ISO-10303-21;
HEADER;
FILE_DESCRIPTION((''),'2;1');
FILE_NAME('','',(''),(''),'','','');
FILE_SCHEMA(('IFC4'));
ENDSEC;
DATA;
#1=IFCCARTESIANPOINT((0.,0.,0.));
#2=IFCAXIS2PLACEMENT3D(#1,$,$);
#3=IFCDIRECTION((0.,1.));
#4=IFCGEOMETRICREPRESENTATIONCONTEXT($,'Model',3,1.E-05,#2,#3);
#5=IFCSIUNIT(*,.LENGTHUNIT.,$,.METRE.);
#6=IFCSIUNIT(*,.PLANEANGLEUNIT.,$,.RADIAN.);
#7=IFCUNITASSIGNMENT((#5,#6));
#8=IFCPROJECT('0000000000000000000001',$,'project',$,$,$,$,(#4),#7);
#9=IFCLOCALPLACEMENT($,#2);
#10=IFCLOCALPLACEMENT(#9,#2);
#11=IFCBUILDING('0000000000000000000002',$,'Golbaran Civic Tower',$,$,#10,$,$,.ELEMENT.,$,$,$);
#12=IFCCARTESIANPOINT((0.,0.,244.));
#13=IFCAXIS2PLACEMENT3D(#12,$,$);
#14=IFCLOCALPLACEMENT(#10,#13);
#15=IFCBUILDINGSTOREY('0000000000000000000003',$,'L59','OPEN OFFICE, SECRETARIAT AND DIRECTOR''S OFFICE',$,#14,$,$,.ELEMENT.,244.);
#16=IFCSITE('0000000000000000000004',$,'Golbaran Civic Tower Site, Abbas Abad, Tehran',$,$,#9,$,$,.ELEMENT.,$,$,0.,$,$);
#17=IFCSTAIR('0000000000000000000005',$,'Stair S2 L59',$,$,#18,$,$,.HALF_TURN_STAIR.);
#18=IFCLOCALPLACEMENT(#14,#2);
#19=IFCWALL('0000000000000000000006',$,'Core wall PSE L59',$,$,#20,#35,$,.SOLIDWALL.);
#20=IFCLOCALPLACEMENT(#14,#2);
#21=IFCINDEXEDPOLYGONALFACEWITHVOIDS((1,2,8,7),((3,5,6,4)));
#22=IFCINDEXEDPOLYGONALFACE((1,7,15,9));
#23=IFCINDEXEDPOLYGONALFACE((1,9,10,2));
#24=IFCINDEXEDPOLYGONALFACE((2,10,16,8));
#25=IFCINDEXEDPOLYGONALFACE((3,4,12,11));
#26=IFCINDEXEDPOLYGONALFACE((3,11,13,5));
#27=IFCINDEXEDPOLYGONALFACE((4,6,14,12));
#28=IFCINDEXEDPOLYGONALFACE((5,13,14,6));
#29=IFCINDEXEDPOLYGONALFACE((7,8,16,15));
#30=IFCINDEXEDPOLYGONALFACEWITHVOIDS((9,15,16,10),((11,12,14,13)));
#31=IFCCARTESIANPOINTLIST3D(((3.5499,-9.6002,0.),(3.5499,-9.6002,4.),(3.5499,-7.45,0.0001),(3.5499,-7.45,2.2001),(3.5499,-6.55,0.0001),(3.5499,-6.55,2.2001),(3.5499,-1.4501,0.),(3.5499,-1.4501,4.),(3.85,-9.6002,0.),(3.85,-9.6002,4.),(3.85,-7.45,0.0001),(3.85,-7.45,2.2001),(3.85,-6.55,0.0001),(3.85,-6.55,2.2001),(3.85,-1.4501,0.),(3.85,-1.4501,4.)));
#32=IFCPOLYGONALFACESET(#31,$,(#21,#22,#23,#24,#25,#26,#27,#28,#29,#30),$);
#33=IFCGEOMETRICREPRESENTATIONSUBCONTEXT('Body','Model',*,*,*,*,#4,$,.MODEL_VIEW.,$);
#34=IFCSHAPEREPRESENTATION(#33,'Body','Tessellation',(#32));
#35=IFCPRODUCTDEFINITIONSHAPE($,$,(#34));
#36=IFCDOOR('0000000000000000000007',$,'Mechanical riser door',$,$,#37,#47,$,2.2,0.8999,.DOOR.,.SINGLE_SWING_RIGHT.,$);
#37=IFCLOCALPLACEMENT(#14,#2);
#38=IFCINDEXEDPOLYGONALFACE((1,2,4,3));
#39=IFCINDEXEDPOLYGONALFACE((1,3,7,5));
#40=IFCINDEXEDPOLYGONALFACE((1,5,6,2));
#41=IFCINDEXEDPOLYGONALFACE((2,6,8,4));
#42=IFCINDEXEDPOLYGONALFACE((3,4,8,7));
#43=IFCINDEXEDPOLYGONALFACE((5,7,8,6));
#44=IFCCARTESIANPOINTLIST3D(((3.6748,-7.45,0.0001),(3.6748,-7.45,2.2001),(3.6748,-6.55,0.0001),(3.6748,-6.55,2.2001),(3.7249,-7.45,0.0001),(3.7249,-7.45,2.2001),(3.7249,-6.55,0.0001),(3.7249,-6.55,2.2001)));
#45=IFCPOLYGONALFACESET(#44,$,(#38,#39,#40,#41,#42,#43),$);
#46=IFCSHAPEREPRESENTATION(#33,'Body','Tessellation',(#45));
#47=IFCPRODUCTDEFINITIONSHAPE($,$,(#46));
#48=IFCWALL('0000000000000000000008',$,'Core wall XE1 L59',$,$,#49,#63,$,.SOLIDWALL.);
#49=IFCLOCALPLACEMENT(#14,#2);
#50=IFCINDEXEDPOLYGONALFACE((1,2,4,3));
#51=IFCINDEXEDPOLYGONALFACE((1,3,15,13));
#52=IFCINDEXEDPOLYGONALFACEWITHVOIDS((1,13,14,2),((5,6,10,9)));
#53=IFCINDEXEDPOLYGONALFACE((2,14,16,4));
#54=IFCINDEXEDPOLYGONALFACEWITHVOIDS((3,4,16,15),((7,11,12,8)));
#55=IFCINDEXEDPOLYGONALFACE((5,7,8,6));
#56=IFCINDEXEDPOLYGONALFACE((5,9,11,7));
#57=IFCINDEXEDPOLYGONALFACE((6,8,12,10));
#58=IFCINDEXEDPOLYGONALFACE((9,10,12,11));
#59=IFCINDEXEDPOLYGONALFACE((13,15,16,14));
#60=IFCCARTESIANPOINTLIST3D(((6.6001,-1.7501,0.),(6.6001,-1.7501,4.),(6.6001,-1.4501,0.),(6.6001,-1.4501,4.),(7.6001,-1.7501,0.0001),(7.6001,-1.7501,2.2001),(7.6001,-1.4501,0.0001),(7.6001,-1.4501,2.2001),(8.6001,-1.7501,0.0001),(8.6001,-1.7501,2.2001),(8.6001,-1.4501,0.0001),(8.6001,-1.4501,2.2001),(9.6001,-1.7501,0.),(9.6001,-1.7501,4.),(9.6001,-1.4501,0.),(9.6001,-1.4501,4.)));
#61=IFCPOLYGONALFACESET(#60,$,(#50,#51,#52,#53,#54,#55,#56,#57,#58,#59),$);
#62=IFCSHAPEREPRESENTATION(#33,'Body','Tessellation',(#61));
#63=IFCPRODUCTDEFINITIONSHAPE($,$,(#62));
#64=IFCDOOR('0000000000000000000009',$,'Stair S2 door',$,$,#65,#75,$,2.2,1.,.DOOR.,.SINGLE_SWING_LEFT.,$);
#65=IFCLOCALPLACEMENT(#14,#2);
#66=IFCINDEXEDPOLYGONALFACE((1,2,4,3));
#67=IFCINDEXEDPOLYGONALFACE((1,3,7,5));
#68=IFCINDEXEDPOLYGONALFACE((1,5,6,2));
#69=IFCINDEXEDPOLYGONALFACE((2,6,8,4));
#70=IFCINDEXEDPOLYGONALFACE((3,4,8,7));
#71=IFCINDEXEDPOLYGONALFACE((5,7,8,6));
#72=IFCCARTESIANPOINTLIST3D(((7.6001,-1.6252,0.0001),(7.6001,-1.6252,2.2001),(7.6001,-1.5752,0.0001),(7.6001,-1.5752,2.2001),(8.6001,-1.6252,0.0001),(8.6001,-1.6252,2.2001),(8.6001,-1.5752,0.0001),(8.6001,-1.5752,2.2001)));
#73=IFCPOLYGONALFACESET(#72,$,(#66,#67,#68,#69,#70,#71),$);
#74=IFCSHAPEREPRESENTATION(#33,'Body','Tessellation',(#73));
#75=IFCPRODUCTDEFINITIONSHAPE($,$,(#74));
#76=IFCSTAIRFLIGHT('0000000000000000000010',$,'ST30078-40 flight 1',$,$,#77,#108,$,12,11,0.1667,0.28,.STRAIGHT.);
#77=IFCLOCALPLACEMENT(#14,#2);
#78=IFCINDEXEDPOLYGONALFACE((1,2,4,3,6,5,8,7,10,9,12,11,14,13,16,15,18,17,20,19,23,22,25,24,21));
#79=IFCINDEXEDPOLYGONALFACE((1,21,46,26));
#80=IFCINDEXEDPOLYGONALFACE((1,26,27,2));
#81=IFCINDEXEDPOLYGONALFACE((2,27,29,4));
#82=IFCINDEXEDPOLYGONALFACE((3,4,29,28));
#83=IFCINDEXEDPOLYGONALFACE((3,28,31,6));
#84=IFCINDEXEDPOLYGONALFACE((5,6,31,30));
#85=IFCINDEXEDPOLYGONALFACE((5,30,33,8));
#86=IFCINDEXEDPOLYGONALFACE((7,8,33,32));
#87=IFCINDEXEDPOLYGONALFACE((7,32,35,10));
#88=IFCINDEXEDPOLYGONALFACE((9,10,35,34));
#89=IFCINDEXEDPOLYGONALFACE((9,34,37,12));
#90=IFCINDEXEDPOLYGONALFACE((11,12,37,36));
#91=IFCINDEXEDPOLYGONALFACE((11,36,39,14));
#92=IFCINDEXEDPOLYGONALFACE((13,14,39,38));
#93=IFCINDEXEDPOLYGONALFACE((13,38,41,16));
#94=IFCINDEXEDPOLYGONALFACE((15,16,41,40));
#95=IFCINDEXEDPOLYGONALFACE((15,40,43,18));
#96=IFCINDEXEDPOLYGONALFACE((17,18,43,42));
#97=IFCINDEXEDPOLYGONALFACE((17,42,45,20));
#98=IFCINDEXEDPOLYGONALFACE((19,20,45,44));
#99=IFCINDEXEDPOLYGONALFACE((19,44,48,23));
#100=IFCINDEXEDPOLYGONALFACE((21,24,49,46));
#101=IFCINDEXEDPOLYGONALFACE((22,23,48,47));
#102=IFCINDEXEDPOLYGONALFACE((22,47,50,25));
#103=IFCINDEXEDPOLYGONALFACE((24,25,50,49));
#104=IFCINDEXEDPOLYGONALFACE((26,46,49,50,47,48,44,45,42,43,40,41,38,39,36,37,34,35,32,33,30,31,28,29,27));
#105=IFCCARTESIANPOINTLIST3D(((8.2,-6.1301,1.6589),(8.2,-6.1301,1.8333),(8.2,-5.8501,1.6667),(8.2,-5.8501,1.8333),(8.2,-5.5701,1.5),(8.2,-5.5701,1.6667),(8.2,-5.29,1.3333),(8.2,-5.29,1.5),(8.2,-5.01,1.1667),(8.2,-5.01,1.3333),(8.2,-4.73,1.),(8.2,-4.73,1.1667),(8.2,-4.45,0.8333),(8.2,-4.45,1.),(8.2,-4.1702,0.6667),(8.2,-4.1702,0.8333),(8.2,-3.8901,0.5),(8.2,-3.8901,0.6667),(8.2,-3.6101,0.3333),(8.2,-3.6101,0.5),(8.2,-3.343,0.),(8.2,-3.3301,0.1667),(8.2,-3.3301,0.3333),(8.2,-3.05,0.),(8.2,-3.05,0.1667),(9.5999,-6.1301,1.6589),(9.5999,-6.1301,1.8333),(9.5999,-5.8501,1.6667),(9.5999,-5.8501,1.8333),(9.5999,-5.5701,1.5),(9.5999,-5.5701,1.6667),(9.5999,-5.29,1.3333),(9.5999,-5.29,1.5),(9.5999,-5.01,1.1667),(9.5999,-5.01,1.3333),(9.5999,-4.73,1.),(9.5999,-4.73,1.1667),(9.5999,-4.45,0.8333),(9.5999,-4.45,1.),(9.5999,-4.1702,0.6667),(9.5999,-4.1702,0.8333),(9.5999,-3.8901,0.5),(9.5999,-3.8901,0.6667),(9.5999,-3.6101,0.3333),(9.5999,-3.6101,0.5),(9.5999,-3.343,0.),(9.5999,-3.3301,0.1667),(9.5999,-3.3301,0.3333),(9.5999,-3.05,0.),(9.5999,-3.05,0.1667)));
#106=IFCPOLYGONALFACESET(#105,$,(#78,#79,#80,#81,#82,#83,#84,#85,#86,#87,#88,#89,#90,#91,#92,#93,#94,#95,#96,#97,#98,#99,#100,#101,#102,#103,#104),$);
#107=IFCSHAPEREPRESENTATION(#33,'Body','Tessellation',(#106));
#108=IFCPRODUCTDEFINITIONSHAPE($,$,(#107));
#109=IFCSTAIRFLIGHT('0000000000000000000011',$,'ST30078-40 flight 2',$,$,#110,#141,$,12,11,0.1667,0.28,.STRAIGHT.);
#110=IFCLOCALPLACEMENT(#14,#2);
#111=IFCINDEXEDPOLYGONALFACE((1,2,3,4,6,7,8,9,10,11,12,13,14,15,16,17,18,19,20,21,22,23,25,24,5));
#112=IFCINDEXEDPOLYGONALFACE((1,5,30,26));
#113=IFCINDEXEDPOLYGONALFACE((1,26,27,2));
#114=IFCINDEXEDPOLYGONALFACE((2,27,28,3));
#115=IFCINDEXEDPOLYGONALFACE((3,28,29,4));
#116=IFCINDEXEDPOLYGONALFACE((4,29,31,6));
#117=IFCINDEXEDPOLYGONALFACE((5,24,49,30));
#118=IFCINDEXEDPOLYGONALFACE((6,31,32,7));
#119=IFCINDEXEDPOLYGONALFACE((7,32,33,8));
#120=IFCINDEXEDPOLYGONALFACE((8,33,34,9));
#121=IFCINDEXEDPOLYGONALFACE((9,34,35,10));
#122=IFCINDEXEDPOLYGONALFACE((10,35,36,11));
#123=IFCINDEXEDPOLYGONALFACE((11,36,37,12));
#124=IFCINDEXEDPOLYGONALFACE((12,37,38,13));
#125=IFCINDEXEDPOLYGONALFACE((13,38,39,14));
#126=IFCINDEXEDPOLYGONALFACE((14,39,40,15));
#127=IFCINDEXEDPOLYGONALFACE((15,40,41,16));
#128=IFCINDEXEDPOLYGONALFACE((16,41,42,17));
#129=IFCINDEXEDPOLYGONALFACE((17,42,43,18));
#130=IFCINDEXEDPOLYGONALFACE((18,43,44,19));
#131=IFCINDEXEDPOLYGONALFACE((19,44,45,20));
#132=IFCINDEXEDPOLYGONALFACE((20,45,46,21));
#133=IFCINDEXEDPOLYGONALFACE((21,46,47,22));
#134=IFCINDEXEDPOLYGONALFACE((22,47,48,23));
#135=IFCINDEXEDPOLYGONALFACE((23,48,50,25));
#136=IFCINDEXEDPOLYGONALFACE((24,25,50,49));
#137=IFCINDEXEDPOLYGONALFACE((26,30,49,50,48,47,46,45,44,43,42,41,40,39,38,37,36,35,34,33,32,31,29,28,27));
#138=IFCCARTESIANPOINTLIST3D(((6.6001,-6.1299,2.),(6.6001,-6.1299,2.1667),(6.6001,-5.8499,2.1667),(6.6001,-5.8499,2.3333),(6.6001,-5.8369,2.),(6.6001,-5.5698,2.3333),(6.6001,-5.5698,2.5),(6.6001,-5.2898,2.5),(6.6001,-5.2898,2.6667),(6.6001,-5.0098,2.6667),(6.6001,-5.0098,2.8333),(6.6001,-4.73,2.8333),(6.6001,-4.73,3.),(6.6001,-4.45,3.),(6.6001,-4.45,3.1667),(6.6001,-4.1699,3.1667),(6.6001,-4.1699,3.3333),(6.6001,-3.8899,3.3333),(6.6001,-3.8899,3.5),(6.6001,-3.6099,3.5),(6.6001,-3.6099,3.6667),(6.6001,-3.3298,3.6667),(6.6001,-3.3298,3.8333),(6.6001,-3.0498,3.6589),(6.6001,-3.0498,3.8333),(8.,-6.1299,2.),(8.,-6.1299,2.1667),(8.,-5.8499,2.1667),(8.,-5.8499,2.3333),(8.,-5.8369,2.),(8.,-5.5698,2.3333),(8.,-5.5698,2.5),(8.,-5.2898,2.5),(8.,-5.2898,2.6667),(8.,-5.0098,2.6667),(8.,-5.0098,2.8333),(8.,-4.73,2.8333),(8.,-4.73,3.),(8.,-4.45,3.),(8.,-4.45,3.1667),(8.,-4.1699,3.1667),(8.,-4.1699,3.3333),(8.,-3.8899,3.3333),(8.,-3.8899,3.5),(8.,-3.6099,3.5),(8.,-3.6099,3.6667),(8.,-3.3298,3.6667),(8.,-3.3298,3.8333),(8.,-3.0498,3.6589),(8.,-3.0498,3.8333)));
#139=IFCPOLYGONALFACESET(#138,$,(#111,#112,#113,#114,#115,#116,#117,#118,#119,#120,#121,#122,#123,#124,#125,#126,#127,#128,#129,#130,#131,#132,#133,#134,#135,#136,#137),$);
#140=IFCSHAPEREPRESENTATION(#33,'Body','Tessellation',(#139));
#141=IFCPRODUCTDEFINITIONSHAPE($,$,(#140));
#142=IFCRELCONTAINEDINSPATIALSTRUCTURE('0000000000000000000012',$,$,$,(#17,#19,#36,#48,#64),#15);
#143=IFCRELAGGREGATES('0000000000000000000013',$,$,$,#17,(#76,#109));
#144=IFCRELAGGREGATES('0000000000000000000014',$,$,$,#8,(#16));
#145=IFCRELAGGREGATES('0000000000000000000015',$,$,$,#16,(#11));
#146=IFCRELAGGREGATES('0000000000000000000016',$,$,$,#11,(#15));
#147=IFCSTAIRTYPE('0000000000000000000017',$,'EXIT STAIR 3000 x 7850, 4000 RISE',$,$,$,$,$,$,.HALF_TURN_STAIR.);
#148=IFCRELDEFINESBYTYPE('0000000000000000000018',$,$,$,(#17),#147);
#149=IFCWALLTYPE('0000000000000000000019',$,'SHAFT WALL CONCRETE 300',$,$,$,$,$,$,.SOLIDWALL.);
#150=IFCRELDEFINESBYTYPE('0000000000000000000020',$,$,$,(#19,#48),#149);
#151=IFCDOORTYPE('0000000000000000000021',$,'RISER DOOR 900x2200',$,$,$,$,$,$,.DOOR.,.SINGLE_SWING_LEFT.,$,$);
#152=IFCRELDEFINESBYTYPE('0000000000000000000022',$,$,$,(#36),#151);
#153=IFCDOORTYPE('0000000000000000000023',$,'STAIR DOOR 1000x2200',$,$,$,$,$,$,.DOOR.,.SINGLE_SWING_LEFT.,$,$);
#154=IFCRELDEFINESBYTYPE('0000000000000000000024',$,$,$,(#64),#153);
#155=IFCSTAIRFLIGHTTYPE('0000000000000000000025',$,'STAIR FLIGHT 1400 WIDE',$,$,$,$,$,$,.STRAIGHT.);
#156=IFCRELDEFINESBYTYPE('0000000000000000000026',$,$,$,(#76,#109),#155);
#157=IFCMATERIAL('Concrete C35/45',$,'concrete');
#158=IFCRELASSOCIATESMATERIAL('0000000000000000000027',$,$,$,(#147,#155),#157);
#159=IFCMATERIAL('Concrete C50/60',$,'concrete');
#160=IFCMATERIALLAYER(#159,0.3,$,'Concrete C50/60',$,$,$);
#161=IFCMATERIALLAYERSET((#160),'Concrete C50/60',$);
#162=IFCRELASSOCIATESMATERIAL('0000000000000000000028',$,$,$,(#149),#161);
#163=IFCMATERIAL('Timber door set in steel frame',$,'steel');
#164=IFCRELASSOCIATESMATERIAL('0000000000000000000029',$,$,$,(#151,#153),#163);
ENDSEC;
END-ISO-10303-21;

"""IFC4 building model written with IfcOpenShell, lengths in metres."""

from ifc_helpers import new_model, si_unit, direction, frame, frame_2d, origin, place, context, subcontext, project, spatial, polyline, rectangle, outline, extrude, material, layer, layer_set, type_object, element, fill, aggregate, save


model = new_model("IFC4")

# Units and contexts
model_context = context("Model", 3, precision=1e-05, world=origin(), true_north=direction((0.0, 1.0)))
body_context = subcontext(model_context, "Body", "Model", "MODEL_VIEW")
ifc_project = project(units=[si_unit("LENGTHUNIT", "METRE"), si_unit("PLANEANGLEUNIT", "RADIAN")], contexts=[model_context])

# Site, building, storey
site_placement = place(None, origin())
site = spatial("IfcSite", under=ifc_project, at=site_placement, Name="Golbaran Civic Tower Site, Abbas Abad, Tehran", CompositionType="ELEMENT", RefElevation=0.0)
building_placement = place(site_placement, origin())
building = spatial("IfcBuilding", under=site, at=building_placement, Name="Golbaran Civic Tower", CompositionType="ELEMENT")
storey_placement = place(building_placement, frame((0.0, 0.0, 244.0)))
storey = spatial("IfcBuildingStorey", under=building, at=storey_placement, Name="L59", Description="OPEN OFFICE, SECRETARIAT AND DIRECTOR'S OFFICE", CompositionType="ELEMENT", Elevation=244.0)

# Stair
ifc_material_1 = material(Name="Concrete C35/45", Category="concrete")
stair_type = type_object("IfcStairType", Name="EXIT STAIR 3000 x 7850, 4000 RISE", PredefinedType="HALF_TURN_STAIR", material=ifc_material_1)
stair_placement = place(storey_placement, origin())
stair = element("IfcStair", 1, at=stair_placement, inside=storey, type_object=stair_type, Name="Stair S2 L59", PredefinedType="HALF_TURN_STAIR")

# Shared definitions
ifc_material_2 = material(Name="Concrete C50/60", Category="concrete")

# Shared definitions
ifc_layer_1 = layer(ifc_material_2, 0.3, Name="Concrete C50/60")
ifc_layer_set_1 = layer_set([ifc_layer_1], Name="Concrete C50/60")
wall_type_1 = type_object("IfcWallType", Name="SHAFT WALL CONCRETE 300", PredefinedType="SOLIDWALL", material=ifc_layer_set_1)

# Shared definitions
ifc_material_3 = material(Name="Timber door set in steel frame", Category="steel")
door_type_1 = type_object("IfcDoorType", Name="RISER DOOR 900x2200", OperationType="SINGLE_SWING_LEFT", PredefinedType="DOOR", material=ifc_material_3)
door_type_2 = type_object("IfcDoorType", Name="STAIR DOOR 1000x2200", OperationType="SINGLE_SWING_LEFT", PredefinedType="DOOR", material=ifc_material_3)

# Walls, openings, doors
wall_1_placement = place(storey_placement, frame((3.7, -1.45, 0.0), z_axis=(0.0, 0.0, 1.0), x_axis=(0.0, -1.0, 0.0)))
wall_1 = element("IfcWall", 2, at=wall_1_placement, inside=storey, type_object=wall_type_1, Name="Core wall PSE L59", PredefinedType="SOLIDWALL", context=body_context, shape_type="SweptSolid", body=[
    extrude(rectangle(XDim=8.1501, YDim=0.3, at=frame_2d((4.0752, 0.0))), origin(), (0.0, 0.0, 1.0), 4.0),
])
opening_1_placement = place(wall_1_placement, frame((5.1001, 0.0, 0.0)))
opening_1 = element("IfcOpeningElement", 3, at=opening_1_placement, cuts=wall_1, PredefinedType="OPENING", context=body_context, shape_type="SweptSolid", body=[
    extrude(rectangle(XDim=0.8999, YDim=2.2, at=frame_2d((0.45, 1.1001))), frame((0.0, 0.1599, 0.0), z_axis=(0.0, -1.0, 0.0), x_axis=(1.0, 0.0, 0.0)), (0.0, 0.0, 1.0), 0.3201),
])
door_1_placement = place(opening_1_placement, origin())
door_1 = element("IfcDoor", 4, at=door_1_placement, inside=storey, type_object=door_type_1, Name="Mechanical riser door", OperationType="SINGLE_SWING_RIGHT", OverallHeight=2.2, OverallWidth=0.8999, PredefinedType="DOOR", context=body_context, shape_type="SweptSolid", body=[
    extrude(rectangle(XDim=0.8999, YDim=2.2, at=frame_2d((0.45, 1.1001))), frame((0.0, 0.0249, 0.0), z_axis=(0.0, -1.0, 0.0), x_axis=(1.0, 0.0, 0.0)), (0.0, 0.0, 1.0), 0.05),
])
fill(opening_1, door_1)
wall_2_placement = place(storey_placement, frame((6.6001, -1.6001, 0.0), z_axis=(0.0, 0.0, 1.0), x_axis=(1.0, 0.0, 0.0)))
wall_2 = element("IfcWall", 5, at=wall_2_placement, inside=storey, type_object=wall_type_1, Name="Core wall XE1 L59", PredefinedType="SOLIDWALL", context=body_context, shape_type="SweptSolid", body=[
    extrude(rectangle(XDim=3.0, YDim=0.3, at=frame_2d((1.5, 0.0))), origin(), (0.0, 0.0, 1.0), 4.0),
])
opening_2_placement = place(wall_2_placement, frame((1.0, 0.0, 0.0)))
opening_2 = element("IfcOpeningElement", 6, at=opening_2_placement, cuts=wall_2, PredefinedType="OPENING", context=body_context, shape_type="SweptSolid", body=[
    extrude(rectangle(XDim=1.0, YDim=2.2, at=frame_2d((0.5, 1.1001))), frame((0.0, 0.1599, 0.0), z_axis=(0.0, -1.0, 0.0), x_axis=(1.0, 0.0, 0.0)), (0.0, 0.0, 1.0), 0.3201),
])
door_2_placement = place(opening_2_placement, origin())
door_2 = element("IfcDoor", 7, at=door_2_placement, inside=storey, type_object=door_type_2, Name="Stair S2 door", OperationType="SINGLE_SWING_LEFT", OverallHeight=2.2, OverallWidth=1.0, PredefinedType="DOOR", context=body_context, shape_type="SweptSolid", body=[
    extrude(rectangle(XDim=1.0, YDim=2.2, at=frame_2d((0.5, 1.1001))), frame((0.0, 0.0249, 0.0), z_axis=(0.0, -1.0, 0.0), x_axis=(1.0, 0.0, 0.0)), (0.0, 0.0, 1.0), 0.05),
])
fill(opening_2, door_2)

# Stair flights
stair_flight_type = type_object("IfcStairFlightType", Name="STAIR FLIGHT 1400 WIDE", PredefinedType="STRAIGHT", material=ifc_material_1)
stair_flight_1_placement = place(storey_placement, frame((8.8999, -3.05, 0.0), z_axis=(0.0, 0.0, 1.0), x_axis=(0.0, -1.0, 0.0)))
stair_flight_1 = element("IfcStairFlight", 8, at=stair_flight_1_placement, type_object=stair_flight_type, Name="ST30078-40 flight 1", NumberOfRisers=12, NumberOfTreads=11, PredefinedType="STRAIGHT", RiserHeight=0.1667, TreadLength=0.28, context=body_context, shape_type="SweptSolid", body=[
    extrude(outline(polyline([(0.0, 0.0), (0.0, 0.1667), (0.28, 0.1667), (0.28, 0.3333), (0.5601, 0.3333), (0.5601, 0.5), (0.8401, 0.5), (0.8401, 0.6667), (1.1201, 0.6667), (1.1201, 0.8333), (1.3999, 0.8333), (1.3999, 1.0), (1.6799, 1.0), (1.6799, 1.1667), (1.96, 1.1667), (1.96, 1.3333), (2.24, 1.3333), (2.24, 1.5), (2.52, 1.5), (2.52, 1.6667), (2.8, 1.6667), (2.8, 1.8333), (3.0801, 1.8333), (3.0801, 2.0), (3.0801, 1.6589), (0.293, 0.0), (0.0, 0.0)])), frame((0.0, 0.7, 0.0), z_axis=(0.0, -1.0, 0.0), x_axis=(1.0, 0.0, 0.0)), (0.0, 0.0, 1.0), 1.3999),
])
stair_flight_2_placement = place(storey_placement, frame((7.3, -6.1299, 2.0), z_axis=(0.0, 0.0, 1.0), x_axis=(0.0, 1.0, 0.0)))
stair_flight_2 = element("IfcStairFlight", 9, at=stair_flight_2_placement, type_object=stair_flight_type, Name="ST30078-40 flight 2", NumberOfRisers=12, NumberOfTreads=11, PredefinedType="STRAIGHT", RiserHeight=0.1667, TreadLength=0.28, context=body_context, shape_type="SweptSolid", body=[
    extrude(outline(polyline([(0.0, 0.0), (0.0, 0.1667), (0.28, 0.1667), (0.28, 0.3333), (0.5601, 0.3333), (0.5601, 0.5), (0.8401, 0.5), (0.8401, 0.6667), (1.1201, 0.6667), (1.1201, 0.8333), (1.3999, 0.8333), (1.3999, 1.0), (1.6799, 1.0), (1.6799, 1.1667), (1.96, 1.1667), (1.96, 1.3333), (2.24, 1.3333), (2.24, 1.5), (2.52, 1.5), (2.52, 1.6667), (2.8, 1.6667), (2.8, 1.8333), (3.0801, 1.8333), (3.0801, 2.0), (3.0801, 1.6589), (0.293, 0.0), (0.0, 0.0)])), frame((0.0, 0.7, 0.0), z_axis=(0.0, -1.0, 0.0), x_axis=(1.0, 0.0, 0.0)), (0.0, 0.0, 1.0), 1.3999),
])
aggregate(stair, [stair_flight_1, stair_flight_2])

save(model, "model.ifc")
